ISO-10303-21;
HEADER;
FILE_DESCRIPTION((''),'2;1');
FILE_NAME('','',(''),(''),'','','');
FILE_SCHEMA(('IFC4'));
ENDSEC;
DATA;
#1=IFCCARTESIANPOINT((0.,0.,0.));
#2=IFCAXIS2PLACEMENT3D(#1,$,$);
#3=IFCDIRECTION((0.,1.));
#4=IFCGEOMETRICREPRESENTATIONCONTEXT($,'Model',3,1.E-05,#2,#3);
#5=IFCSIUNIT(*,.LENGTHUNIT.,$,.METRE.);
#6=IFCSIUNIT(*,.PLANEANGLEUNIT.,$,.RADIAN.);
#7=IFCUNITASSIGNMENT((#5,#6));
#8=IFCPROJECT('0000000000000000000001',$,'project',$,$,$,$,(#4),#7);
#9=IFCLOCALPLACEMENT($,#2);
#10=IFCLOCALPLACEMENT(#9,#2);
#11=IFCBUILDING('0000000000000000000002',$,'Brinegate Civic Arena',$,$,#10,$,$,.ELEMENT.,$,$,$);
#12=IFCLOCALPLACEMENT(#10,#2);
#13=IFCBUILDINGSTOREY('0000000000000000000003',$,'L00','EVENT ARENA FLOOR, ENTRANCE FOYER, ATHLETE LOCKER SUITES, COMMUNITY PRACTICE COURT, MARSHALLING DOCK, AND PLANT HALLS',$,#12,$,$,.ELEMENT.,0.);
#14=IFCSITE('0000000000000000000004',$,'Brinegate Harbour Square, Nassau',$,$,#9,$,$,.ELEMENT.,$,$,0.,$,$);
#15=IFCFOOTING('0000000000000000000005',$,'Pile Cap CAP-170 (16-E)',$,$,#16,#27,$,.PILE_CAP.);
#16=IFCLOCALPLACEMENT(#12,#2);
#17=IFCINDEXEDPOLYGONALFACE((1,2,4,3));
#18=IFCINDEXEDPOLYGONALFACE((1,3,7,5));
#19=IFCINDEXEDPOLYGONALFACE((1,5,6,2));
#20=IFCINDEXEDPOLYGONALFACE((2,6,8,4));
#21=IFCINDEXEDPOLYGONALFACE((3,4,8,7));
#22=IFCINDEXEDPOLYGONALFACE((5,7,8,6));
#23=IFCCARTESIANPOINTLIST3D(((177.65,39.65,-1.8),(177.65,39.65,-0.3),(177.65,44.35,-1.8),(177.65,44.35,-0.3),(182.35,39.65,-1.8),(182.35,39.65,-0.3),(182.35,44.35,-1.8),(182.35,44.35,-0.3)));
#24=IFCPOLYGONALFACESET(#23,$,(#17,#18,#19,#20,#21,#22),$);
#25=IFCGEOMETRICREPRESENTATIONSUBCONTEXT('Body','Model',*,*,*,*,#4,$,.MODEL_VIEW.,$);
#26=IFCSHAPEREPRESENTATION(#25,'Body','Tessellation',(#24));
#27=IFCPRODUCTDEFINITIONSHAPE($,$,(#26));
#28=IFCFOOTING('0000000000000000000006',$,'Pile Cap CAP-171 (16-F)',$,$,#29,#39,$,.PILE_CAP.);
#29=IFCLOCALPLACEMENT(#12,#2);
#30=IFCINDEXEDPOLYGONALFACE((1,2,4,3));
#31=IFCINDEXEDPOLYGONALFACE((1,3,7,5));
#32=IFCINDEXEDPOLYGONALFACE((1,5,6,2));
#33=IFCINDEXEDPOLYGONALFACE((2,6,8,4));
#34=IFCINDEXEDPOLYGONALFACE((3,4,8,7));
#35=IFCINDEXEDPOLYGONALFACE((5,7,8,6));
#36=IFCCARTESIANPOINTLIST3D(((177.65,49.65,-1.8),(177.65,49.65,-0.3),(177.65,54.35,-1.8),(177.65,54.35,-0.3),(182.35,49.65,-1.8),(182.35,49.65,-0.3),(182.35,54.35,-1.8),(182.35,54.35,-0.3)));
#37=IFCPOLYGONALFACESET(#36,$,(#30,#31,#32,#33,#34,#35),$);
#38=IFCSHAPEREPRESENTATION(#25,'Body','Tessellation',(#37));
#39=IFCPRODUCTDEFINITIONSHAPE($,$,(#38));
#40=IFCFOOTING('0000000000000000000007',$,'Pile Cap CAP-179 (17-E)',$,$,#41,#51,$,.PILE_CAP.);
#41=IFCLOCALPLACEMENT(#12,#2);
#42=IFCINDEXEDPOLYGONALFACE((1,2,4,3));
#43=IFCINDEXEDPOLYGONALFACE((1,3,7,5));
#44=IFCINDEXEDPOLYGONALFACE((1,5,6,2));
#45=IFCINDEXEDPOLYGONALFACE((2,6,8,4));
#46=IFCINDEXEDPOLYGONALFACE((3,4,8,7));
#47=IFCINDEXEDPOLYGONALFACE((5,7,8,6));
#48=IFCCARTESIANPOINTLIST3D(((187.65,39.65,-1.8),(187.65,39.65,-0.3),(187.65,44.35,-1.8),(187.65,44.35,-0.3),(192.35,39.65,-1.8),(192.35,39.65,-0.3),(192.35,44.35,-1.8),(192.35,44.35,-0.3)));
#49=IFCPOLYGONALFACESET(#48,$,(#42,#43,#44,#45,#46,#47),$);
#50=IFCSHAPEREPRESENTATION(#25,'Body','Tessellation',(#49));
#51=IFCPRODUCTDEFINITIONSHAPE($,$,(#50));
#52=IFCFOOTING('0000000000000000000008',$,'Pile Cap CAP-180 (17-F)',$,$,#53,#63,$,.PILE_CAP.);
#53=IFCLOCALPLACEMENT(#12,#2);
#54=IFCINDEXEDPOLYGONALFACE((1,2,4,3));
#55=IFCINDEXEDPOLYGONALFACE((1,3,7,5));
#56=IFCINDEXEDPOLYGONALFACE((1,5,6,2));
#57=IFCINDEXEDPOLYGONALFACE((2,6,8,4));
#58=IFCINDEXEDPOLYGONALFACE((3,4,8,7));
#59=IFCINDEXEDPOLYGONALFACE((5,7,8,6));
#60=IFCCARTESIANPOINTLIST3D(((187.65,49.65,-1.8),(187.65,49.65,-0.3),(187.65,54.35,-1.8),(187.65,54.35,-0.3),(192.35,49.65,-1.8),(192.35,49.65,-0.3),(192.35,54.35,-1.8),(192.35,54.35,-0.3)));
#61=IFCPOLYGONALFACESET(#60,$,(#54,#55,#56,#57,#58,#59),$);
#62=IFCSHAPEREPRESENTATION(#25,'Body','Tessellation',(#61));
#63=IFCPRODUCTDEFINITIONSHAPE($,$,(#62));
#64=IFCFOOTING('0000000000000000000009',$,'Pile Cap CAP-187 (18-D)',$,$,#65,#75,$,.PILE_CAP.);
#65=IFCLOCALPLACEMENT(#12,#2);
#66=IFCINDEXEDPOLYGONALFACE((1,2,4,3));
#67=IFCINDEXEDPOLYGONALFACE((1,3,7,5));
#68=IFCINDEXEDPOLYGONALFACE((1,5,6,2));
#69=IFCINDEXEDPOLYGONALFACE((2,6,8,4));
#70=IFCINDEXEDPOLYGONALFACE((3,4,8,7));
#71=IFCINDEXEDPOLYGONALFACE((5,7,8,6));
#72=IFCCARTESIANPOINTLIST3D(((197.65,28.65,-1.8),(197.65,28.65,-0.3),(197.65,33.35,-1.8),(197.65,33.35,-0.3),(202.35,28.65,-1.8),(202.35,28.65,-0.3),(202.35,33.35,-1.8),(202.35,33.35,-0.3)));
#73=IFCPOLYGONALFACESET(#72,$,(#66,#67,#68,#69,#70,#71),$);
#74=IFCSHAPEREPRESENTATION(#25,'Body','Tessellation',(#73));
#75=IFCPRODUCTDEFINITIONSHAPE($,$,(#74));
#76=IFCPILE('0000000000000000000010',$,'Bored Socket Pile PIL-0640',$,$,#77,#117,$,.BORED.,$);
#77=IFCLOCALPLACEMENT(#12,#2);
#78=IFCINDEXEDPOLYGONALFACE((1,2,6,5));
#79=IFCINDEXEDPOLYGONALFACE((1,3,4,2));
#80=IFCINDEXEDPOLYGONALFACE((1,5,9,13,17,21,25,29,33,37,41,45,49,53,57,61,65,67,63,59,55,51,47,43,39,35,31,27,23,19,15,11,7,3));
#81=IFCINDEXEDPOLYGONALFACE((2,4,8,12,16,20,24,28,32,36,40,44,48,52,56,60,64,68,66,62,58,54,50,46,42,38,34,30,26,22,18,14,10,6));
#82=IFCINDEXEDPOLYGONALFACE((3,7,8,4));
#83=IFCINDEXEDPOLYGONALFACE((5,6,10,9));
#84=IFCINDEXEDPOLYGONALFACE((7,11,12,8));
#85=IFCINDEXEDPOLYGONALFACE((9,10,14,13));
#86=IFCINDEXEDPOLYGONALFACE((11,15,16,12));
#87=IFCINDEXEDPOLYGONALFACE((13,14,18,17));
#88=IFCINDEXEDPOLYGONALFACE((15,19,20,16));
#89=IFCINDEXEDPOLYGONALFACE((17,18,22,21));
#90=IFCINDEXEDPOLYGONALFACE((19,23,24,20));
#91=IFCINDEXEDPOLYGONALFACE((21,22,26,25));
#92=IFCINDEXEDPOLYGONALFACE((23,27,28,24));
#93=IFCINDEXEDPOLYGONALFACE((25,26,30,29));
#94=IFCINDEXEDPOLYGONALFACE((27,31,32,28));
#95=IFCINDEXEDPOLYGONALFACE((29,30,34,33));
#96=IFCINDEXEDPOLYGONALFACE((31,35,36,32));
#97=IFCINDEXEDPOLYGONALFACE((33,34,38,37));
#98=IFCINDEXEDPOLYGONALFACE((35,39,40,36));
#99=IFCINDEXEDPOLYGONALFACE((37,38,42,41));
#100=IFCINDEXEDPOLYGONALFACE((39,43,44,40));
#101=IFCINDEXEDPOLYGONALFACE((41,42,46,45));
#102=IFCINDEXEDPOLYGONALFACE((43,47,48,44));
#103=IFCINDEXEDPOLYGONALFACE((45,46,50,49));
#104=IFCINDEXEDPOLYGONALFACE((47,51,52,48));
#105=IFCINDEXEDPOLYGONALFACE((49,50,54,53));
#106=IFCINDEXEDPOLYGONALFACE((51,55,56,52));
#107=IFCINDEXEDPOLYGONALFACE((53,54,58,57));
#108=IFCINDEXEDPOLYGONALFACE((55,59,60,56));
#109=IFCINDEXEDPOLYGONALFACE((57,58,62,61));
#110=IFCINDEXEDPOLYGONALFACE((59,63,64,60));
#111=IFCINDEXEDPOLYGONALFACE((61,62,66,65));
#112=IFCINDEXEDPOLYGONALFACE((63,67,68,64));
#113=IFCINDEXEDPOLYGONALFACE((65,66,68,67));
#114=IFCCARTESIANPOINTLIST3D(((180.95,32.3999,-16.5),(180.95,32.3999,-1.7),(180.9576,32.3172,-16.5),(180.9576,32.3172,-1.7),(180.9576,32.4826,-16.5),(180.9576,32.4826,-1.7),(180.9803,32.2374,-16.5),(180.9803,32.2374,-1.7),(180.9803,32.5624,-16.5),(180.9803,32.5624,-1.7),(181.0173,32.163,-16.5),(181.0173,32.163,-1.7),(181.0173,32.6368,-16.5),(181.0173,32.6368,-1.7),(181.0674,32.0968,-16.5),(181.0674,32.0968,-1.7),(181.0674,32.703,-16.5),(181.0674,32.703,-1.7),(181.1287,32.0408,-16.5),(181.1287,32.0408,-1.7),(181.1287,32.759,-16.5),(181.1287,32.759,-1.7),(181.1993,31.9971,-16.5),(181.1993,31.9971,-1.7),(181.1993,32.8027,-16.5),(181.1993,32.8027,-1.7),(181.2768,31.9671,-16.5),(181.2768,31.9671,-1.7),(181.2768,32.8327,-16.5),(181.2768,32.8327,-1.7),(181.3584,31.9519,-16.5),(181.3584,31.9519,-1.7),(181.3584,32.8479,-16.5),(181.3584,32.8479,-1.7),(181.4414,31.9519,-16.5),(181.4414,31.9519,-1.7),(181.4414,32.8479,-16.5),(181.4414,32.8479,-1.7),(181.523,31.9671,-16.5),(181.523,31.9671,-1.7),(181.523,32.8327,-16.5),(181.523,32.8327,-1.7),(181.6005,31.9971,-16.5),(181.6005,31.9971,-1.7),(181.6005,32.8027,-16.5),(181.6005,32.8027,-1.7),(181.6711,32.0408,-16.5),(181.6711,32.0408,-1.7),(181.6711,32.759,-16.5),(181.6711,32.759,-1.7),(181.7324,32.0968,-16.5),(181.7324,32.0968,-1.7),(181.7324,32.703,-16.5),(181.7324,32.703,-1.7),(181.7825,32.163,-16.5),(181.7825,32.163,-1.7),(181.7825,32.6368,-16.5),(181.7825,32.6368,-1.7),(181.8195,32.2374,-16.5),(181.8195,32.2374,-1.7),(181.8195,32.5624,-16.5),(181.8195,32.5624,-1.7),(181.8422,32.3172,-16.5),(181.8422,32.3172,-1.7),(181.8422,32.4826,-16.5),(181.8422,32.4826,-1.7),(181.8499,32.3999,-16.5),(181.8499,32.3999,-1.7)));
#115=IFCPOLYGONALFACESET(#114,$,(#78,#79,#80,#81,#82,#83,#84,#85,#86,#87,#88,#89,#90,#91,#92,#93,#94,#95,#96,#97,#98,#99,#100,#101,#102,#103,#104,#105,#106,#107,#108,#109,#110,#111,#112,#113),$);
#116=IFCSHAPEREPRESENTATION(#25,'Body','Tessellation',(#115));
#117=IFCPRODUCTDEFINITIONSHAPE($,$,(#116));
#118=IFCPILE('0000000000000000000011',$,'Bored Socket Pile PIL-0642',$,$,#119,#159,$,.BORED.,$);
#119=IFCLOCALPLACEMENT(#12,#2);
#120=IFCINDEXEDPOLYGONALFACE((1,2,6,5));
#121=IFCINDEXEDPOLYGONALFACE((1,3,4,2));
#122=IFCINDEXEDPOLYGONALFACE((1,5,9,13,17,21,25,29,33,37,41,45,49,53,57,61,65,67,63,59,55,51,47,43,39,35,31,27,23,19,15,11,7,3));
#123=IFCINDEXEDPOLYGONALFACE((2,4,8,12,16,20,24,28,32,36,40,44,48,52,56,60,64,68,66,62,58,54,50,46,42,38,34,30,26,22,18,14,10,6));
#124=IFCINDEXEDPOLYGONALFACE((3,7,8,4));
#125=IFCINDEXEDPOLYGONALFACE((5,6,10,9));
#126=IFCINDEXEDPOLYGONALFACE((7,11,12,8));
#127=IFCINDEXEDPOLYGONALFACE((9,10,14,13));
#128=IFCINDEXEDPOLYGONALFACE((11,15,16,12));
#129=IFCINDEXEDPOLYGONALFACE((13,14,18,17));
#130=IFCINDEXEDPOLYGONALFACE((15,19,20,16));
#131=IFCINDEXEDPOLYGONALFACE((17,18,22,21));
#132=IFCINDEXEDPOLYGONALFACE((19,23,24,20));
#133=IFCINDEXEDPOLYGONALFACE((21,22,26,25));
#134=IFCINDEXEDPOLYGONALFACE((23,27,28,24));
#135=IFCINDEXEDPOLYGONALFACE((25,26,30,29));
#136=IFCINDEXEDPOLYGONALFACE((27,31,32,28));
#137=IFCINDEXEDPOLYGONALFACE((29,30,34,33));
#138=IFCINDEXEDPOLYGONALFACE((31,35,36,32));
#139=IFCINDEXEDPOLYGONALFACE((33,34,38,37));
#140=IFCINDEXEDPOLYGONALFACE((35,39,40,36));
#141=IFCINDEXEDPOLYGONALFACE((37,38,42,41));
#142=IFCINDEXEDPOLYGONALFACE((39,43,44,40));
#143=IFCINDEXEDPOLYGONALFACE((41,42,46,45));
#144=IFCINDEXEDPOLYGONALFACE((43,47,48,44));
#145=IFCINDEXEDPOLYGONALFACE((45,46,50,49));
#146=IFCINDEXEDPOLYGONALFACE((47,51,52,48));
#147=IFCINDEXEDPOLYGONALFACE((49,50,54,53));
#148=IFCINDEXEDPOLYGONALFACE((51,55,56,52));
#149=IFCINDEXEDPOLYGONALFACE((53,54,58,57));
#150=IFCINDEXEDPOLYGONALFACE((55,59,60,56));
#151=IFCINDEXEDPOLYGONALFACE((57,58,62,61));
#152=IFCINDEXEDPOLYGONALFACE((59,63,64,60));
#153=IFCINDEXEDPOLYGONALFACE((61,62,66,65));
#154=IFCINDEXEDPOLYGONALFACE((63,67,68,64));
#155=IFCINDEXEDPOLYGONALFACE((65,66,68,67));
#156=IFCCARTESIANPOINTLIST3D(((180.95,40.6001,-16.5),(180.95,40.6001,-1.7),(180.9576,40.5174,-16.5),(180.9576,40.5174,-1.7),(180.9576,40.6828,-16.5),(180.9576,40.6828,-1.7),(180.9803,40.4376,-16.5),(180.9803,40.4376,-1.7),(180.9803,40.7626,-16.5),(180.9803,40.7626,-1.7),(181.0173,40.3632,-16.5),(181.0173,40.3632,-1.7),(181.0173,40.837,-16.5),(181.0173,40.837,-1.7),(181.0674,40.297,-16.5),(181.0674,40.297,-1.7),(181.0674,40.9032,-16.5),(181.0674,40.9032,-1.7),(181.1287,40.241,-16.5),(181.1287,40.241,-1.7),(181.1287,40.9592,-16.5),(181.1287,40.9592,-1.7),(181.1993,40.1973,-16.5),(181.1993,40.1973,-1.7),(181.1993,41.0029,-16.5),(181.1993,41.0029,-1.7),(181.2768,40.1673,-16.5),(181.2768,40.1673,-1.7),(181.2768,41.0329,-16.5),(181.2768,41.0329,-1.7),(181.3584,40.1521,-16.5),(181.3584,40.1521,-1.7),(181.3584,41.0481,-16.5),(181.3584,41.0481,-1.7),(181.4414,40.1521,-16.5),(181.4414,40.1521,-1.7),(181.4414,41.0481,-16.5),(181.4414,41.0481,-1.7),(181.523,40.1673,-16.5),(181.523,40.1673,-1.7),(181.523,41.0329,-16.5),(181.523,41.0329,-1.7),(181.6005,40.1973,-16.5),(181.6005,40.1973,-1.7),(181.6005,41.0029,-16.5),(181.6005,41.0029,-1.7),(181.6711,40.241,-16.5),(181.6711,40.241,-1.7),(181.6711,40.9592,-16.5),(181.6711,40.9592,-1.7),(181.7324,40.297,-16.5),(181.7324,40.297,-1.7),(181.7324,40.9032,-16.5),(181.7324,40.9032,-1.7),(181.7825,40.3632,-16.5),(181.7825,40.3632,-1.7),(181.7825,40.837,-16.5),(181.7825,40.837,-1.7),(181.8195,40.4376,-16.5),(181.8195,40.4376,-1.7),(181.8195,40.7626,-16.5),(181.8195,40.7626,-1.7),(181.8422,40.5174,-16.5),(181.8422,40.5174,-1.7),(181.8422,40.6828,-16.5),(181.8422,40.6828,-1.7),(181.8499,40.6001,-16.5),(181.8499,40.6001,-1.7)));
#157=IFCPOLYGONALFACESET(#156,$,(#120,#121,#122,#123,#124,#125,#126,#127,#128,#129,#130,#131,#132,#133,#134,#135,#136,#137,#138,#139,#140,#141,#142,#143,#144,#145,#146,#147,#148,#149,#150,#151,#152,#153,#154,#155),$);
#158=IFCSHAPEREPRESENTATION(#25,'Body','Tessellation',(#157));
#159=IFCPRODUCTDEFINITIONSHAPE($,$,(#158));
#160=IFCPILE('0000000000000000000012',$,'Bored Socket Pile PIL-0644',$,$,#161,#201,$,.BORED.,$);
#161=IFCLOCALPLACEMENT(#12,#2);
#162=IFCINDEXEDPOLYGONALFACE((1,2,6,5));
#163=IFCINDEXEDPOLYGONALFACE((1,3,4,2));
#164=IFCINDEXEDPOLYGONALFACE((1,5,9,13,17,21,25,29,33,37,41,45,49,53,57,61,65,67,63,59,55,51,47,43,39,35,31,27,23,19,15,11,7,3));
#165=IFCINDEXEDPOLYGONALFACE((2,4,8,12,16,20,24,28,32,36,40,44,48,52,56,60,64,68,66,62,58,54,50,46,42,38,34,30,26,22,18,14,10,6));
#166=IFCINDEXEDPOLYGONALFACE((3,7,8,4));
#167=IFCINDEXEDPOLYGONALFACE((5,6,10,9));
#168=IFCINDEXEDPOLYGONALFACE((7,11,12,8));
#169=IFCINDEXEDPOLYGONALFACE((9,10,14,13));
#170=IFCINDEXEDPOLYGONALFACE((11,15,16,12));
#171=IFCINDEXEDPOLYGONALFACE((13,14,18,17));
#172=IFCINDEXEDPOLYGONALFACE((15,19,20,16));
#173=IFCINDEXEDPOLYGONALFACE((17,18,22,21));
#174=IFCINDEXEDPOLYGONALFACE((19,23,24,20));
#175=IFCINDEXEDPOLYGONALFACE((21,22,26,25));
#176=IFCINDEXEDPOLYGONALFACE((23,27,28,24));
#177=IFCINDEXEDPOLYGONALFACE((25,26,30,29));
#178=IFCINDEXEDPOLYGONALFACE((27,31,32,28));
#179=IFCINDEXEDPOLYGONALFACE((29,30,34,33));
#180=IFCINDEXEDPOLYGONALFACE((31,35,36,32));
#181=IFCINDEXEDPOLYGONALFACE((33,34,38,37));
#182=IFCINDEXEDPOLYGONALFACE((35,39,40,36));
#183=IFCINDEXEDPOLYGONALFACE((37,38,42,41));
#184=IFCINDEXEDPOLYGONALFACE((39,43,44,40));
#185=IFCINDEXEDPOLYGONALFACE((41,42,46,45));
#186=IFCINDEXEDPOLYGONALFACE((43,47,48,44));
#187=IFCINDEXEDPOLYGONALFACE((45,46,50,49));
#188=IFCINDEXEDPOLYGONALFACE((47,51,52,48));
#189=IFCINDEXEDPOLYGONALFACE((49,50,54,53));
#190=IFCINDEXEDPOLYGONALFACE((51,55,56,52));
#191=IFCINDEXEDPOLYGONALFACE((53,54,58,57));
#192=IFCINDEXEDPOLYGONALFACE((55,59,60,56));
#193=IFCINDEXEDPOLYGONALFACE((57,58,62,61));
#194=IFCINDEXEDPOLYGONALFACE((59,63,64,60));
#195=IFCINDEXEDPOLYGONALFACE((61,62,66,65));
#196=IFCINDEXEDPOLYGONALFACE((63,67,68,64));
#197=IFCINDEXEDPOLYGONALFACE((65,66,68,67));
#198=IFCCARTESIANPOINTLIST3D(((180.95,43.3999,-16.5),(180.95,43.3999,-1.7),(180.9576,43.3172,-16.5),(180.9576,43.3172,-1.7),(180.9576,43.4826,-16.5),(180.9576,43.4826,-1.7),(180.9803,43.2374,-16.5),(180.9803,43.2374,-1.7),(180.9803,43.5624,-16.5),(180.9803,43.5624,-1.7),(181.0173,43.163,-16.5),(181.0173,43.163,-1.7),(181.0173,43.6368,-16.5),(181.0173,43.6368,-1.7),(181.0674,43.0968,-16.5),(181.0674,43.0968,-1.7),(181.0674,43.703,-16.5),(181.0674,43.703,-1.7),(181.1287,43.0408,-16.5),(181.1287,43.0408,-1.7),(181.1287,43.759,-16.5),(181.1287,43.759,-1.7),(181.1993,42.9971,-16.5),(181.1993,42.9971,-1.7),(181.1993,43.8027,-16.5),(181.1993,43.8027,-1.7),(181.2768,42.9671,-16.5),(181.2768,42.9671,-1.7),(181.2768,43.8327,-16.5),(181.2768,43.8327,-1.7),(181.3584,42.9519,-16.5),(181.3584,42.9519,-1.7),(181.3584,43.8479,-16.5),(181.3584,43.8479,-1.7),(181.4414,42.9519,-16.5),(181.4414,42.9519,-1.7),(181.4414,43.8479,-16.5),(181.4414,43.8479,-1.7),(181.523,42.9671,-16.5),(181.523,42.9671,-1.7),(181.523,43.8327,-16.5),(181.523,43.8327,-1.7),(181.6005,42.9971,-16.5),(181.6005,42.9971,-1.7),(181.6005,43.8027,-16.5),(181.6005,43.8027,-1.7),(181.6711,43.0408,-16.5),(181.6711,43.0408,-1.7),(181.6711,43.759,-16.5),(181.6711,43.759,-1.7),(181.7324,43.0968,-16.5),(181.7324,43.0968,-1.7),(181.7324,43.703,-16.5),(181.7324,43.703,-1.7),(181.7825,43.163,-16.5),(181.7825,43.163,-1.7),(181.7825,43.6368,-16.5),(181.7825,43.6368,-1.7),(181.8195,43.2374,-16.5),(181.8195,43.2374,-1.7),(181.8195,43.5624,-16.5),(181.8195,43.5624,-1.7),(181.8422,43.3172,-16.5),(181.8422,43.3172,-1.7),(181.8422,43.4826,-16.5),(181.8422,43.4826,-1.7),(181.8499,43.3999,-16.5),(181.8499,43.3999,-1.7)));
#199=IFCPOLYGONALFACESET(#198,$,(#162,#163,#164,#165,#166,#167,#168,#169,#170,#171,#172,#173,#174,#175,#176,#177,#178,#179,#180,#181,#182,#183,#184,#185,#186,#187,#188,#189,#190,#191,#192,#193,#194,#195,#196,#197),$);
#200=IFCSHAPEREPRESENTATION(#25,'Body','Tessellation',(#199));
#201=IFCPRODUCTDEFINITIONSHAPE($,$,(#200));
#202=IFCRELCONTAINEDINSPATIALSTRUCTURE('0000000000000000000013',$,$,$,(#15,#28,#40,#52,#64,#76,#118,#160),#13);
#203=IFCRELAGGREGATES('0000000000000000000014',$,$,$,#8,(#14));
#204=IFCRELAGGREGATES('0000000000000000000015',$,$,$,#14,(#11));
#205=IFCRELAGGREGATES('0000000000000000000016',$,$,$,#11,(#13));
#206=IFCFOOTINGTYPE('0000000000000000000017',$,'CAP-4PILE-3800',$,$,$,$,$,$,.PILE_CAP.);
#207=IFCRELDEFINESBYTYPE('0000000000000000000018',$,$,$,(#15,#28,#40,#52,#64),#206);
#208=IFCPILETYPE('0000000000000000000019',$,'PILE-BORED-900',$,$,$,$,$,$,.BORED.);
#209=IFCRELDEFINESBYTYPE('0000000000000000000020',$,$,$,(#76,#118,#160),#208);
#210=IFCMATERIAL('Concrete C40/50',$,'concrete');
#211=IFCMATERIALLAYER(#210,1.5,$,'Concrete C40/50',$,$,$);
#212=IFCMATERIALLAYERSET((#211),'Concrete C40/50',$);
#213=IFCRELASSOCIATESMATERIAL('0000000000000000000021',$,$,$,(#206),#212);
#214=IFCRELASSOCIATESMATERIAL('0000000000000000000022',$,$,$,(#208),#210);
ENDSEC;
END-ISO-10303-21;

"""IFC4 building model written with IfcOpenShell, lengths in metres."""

from ifc_helpers import new_model, si_unit, direction, frame, origin, origin_2d, place, context, subcontext, project, spatial, rectangle, circle, extrude, material, layer, layer_set, material_profile, profile_set, type_object, element, save


model = new_model("IFC4")

# Units and contexts
model_context = context("Model", 3, precision=1e-05, world=origin(), true_north=direction((0.0, 1.0)))
body_context = subcontext(model_context, "Body", "Model", "MODEL_VIEW")
ifc_project = project(units=[si_unit("LENGTHUNIT", "METRE"), si_unit("PLANEANGLEUNIT", "RADIAN")], contexts=[model_context])

# Site, building, storey
site_placement = place(None, origin())
site = spatial("IfcSite", under=ifc_project, at=site_placement, Name="Brinegate Harbour Square, Nassau", CompositionType="ELEMENT", RefElevation=0.0)
building_placement = place(site_placement, origin())
building = spatial("IfcBuilding", under=site, at=building_placement, Name="Brinegate Civic Arena", CompositionType="ELEMENT")
storey_placement = place(building_placement, origin())
storey = spatial("IfcBuildingStorey", under=building, at=storey_placement, Name="L00", Description="EVENT ARENA FLOOR, ENTRANCE FOYER, ATHLETE LOCKER SUITES, COMMUNITY PRACTICE COURT, MARSHALLING DOCK, AND PLANT HALLS", CompositionType="ELEMENT", Elevation=0.0)

# Footings
ifc_material_1 = material(Name="Concrete C40/50", Category="concrete")
ifc_layer_1 = layer(ifc_material_1, 1.5, Name="Concrete C40/50")
ifc_layer_set_1 = layer_set([ifc_layer_1], Name="Concrete C40/50")
footing_type_1 = type_object("IfcFootingType", Name="CAP-4PILE-3800", PredefinedType="PILE_CAP", material=ifc_layer_set_1)
for number, where, z_axis, x_axis, name in (
    (1, (180.0, 42.0, -1.8), (0.0, 0.0, 1.0), (1.0, 0.0, 0.0), "Pile Cap CAP-170 (16-E)"),
    (2, (180.0, 52.0, -1.8), (0.0, 0.0, 1.0), (1.0, 0.0, 0.0), "Pile Cap CAP-171 (16-F)"),
    (3, (190.0, 42.0, -1.8), (0.0, 0.0, 1.0), (1.0, 0.0, 0.0), "Pile Cap CAP-179 (17-E)"),
    (4, (190.0, 52.0, -1.8), (0.0, 0.0, 1.0), (1.0, 0.0, 0.0), "Pile Cap CAP-180 (17-F)"),
    (5, (200.0, 31.0, -1.8), (0.0, 0.0, 1.0), (1.0, 0.0, 0.0), "Pile Cap CAP-187 (18-D)"),
):
    element("IfcFooting", number, at=place(storey_placement, frame(where, z_axis=z_axis, x_axis=x_axis)), inside=storey, type_object=footing_type_1, Name=name, PredefinedType="PILE_CAP", context=body_context, shape_type="SweptSolid", body=[
        extrude(rectangle(XDim=4.7, YDim=4.7, at=origin_2d()), origin(), (0.0, 0.0, 1.0), 1.5),
    ])

# Piles
ifc_material_profile_1 = material_profile(ifc_material_1, circle(Radius=0.45, at=origin_2d()), Name="PILED900")
ifc_profile_set_1 = profile_set([ifc_material_profile_1], Name="Concrete C40/50")
pile_type = type_object("IfcPileType", Name="PILE-BORED-900", PredefinedType="BORED", material=ifc_profile_set_1)
for number, where, z_axis, x_axis, name in (
    (6, (181.3999, 32.3999, -1.7), (0.0, 0.0, -1.0), (1.0, 0.0, 0.0), "Bored Socket Pile PIL-0640"),
    (7, (181.3999, 40.6001, -1.7), (0.0, 0.0, -1.0), (1.0, 0.0, 0.0), "Bored Socket Pile PIL-0642"),
    (8, (181.3999, 43.3999, -1.7), (0.0, 0.0, -1.0), (1.0, 0.0, 0.0), "Bored Socket Pile PIL-0644"),
):
    element("IfcPile", number, at=place(storey_placement, frame(where, z_axis=z_axis, x_axis=x_axis)), inside=storey, type_object=pile_type, Name=name, PredefinedType="BORED", context=body_context, shape_type="SweptSolid", body=[
        extrude(circle(Radius=0.45, at=origin_2d()), origin(), (0.0, 0.0, 1.0), 14.8),
    ])

save(model, "model.ifc")
